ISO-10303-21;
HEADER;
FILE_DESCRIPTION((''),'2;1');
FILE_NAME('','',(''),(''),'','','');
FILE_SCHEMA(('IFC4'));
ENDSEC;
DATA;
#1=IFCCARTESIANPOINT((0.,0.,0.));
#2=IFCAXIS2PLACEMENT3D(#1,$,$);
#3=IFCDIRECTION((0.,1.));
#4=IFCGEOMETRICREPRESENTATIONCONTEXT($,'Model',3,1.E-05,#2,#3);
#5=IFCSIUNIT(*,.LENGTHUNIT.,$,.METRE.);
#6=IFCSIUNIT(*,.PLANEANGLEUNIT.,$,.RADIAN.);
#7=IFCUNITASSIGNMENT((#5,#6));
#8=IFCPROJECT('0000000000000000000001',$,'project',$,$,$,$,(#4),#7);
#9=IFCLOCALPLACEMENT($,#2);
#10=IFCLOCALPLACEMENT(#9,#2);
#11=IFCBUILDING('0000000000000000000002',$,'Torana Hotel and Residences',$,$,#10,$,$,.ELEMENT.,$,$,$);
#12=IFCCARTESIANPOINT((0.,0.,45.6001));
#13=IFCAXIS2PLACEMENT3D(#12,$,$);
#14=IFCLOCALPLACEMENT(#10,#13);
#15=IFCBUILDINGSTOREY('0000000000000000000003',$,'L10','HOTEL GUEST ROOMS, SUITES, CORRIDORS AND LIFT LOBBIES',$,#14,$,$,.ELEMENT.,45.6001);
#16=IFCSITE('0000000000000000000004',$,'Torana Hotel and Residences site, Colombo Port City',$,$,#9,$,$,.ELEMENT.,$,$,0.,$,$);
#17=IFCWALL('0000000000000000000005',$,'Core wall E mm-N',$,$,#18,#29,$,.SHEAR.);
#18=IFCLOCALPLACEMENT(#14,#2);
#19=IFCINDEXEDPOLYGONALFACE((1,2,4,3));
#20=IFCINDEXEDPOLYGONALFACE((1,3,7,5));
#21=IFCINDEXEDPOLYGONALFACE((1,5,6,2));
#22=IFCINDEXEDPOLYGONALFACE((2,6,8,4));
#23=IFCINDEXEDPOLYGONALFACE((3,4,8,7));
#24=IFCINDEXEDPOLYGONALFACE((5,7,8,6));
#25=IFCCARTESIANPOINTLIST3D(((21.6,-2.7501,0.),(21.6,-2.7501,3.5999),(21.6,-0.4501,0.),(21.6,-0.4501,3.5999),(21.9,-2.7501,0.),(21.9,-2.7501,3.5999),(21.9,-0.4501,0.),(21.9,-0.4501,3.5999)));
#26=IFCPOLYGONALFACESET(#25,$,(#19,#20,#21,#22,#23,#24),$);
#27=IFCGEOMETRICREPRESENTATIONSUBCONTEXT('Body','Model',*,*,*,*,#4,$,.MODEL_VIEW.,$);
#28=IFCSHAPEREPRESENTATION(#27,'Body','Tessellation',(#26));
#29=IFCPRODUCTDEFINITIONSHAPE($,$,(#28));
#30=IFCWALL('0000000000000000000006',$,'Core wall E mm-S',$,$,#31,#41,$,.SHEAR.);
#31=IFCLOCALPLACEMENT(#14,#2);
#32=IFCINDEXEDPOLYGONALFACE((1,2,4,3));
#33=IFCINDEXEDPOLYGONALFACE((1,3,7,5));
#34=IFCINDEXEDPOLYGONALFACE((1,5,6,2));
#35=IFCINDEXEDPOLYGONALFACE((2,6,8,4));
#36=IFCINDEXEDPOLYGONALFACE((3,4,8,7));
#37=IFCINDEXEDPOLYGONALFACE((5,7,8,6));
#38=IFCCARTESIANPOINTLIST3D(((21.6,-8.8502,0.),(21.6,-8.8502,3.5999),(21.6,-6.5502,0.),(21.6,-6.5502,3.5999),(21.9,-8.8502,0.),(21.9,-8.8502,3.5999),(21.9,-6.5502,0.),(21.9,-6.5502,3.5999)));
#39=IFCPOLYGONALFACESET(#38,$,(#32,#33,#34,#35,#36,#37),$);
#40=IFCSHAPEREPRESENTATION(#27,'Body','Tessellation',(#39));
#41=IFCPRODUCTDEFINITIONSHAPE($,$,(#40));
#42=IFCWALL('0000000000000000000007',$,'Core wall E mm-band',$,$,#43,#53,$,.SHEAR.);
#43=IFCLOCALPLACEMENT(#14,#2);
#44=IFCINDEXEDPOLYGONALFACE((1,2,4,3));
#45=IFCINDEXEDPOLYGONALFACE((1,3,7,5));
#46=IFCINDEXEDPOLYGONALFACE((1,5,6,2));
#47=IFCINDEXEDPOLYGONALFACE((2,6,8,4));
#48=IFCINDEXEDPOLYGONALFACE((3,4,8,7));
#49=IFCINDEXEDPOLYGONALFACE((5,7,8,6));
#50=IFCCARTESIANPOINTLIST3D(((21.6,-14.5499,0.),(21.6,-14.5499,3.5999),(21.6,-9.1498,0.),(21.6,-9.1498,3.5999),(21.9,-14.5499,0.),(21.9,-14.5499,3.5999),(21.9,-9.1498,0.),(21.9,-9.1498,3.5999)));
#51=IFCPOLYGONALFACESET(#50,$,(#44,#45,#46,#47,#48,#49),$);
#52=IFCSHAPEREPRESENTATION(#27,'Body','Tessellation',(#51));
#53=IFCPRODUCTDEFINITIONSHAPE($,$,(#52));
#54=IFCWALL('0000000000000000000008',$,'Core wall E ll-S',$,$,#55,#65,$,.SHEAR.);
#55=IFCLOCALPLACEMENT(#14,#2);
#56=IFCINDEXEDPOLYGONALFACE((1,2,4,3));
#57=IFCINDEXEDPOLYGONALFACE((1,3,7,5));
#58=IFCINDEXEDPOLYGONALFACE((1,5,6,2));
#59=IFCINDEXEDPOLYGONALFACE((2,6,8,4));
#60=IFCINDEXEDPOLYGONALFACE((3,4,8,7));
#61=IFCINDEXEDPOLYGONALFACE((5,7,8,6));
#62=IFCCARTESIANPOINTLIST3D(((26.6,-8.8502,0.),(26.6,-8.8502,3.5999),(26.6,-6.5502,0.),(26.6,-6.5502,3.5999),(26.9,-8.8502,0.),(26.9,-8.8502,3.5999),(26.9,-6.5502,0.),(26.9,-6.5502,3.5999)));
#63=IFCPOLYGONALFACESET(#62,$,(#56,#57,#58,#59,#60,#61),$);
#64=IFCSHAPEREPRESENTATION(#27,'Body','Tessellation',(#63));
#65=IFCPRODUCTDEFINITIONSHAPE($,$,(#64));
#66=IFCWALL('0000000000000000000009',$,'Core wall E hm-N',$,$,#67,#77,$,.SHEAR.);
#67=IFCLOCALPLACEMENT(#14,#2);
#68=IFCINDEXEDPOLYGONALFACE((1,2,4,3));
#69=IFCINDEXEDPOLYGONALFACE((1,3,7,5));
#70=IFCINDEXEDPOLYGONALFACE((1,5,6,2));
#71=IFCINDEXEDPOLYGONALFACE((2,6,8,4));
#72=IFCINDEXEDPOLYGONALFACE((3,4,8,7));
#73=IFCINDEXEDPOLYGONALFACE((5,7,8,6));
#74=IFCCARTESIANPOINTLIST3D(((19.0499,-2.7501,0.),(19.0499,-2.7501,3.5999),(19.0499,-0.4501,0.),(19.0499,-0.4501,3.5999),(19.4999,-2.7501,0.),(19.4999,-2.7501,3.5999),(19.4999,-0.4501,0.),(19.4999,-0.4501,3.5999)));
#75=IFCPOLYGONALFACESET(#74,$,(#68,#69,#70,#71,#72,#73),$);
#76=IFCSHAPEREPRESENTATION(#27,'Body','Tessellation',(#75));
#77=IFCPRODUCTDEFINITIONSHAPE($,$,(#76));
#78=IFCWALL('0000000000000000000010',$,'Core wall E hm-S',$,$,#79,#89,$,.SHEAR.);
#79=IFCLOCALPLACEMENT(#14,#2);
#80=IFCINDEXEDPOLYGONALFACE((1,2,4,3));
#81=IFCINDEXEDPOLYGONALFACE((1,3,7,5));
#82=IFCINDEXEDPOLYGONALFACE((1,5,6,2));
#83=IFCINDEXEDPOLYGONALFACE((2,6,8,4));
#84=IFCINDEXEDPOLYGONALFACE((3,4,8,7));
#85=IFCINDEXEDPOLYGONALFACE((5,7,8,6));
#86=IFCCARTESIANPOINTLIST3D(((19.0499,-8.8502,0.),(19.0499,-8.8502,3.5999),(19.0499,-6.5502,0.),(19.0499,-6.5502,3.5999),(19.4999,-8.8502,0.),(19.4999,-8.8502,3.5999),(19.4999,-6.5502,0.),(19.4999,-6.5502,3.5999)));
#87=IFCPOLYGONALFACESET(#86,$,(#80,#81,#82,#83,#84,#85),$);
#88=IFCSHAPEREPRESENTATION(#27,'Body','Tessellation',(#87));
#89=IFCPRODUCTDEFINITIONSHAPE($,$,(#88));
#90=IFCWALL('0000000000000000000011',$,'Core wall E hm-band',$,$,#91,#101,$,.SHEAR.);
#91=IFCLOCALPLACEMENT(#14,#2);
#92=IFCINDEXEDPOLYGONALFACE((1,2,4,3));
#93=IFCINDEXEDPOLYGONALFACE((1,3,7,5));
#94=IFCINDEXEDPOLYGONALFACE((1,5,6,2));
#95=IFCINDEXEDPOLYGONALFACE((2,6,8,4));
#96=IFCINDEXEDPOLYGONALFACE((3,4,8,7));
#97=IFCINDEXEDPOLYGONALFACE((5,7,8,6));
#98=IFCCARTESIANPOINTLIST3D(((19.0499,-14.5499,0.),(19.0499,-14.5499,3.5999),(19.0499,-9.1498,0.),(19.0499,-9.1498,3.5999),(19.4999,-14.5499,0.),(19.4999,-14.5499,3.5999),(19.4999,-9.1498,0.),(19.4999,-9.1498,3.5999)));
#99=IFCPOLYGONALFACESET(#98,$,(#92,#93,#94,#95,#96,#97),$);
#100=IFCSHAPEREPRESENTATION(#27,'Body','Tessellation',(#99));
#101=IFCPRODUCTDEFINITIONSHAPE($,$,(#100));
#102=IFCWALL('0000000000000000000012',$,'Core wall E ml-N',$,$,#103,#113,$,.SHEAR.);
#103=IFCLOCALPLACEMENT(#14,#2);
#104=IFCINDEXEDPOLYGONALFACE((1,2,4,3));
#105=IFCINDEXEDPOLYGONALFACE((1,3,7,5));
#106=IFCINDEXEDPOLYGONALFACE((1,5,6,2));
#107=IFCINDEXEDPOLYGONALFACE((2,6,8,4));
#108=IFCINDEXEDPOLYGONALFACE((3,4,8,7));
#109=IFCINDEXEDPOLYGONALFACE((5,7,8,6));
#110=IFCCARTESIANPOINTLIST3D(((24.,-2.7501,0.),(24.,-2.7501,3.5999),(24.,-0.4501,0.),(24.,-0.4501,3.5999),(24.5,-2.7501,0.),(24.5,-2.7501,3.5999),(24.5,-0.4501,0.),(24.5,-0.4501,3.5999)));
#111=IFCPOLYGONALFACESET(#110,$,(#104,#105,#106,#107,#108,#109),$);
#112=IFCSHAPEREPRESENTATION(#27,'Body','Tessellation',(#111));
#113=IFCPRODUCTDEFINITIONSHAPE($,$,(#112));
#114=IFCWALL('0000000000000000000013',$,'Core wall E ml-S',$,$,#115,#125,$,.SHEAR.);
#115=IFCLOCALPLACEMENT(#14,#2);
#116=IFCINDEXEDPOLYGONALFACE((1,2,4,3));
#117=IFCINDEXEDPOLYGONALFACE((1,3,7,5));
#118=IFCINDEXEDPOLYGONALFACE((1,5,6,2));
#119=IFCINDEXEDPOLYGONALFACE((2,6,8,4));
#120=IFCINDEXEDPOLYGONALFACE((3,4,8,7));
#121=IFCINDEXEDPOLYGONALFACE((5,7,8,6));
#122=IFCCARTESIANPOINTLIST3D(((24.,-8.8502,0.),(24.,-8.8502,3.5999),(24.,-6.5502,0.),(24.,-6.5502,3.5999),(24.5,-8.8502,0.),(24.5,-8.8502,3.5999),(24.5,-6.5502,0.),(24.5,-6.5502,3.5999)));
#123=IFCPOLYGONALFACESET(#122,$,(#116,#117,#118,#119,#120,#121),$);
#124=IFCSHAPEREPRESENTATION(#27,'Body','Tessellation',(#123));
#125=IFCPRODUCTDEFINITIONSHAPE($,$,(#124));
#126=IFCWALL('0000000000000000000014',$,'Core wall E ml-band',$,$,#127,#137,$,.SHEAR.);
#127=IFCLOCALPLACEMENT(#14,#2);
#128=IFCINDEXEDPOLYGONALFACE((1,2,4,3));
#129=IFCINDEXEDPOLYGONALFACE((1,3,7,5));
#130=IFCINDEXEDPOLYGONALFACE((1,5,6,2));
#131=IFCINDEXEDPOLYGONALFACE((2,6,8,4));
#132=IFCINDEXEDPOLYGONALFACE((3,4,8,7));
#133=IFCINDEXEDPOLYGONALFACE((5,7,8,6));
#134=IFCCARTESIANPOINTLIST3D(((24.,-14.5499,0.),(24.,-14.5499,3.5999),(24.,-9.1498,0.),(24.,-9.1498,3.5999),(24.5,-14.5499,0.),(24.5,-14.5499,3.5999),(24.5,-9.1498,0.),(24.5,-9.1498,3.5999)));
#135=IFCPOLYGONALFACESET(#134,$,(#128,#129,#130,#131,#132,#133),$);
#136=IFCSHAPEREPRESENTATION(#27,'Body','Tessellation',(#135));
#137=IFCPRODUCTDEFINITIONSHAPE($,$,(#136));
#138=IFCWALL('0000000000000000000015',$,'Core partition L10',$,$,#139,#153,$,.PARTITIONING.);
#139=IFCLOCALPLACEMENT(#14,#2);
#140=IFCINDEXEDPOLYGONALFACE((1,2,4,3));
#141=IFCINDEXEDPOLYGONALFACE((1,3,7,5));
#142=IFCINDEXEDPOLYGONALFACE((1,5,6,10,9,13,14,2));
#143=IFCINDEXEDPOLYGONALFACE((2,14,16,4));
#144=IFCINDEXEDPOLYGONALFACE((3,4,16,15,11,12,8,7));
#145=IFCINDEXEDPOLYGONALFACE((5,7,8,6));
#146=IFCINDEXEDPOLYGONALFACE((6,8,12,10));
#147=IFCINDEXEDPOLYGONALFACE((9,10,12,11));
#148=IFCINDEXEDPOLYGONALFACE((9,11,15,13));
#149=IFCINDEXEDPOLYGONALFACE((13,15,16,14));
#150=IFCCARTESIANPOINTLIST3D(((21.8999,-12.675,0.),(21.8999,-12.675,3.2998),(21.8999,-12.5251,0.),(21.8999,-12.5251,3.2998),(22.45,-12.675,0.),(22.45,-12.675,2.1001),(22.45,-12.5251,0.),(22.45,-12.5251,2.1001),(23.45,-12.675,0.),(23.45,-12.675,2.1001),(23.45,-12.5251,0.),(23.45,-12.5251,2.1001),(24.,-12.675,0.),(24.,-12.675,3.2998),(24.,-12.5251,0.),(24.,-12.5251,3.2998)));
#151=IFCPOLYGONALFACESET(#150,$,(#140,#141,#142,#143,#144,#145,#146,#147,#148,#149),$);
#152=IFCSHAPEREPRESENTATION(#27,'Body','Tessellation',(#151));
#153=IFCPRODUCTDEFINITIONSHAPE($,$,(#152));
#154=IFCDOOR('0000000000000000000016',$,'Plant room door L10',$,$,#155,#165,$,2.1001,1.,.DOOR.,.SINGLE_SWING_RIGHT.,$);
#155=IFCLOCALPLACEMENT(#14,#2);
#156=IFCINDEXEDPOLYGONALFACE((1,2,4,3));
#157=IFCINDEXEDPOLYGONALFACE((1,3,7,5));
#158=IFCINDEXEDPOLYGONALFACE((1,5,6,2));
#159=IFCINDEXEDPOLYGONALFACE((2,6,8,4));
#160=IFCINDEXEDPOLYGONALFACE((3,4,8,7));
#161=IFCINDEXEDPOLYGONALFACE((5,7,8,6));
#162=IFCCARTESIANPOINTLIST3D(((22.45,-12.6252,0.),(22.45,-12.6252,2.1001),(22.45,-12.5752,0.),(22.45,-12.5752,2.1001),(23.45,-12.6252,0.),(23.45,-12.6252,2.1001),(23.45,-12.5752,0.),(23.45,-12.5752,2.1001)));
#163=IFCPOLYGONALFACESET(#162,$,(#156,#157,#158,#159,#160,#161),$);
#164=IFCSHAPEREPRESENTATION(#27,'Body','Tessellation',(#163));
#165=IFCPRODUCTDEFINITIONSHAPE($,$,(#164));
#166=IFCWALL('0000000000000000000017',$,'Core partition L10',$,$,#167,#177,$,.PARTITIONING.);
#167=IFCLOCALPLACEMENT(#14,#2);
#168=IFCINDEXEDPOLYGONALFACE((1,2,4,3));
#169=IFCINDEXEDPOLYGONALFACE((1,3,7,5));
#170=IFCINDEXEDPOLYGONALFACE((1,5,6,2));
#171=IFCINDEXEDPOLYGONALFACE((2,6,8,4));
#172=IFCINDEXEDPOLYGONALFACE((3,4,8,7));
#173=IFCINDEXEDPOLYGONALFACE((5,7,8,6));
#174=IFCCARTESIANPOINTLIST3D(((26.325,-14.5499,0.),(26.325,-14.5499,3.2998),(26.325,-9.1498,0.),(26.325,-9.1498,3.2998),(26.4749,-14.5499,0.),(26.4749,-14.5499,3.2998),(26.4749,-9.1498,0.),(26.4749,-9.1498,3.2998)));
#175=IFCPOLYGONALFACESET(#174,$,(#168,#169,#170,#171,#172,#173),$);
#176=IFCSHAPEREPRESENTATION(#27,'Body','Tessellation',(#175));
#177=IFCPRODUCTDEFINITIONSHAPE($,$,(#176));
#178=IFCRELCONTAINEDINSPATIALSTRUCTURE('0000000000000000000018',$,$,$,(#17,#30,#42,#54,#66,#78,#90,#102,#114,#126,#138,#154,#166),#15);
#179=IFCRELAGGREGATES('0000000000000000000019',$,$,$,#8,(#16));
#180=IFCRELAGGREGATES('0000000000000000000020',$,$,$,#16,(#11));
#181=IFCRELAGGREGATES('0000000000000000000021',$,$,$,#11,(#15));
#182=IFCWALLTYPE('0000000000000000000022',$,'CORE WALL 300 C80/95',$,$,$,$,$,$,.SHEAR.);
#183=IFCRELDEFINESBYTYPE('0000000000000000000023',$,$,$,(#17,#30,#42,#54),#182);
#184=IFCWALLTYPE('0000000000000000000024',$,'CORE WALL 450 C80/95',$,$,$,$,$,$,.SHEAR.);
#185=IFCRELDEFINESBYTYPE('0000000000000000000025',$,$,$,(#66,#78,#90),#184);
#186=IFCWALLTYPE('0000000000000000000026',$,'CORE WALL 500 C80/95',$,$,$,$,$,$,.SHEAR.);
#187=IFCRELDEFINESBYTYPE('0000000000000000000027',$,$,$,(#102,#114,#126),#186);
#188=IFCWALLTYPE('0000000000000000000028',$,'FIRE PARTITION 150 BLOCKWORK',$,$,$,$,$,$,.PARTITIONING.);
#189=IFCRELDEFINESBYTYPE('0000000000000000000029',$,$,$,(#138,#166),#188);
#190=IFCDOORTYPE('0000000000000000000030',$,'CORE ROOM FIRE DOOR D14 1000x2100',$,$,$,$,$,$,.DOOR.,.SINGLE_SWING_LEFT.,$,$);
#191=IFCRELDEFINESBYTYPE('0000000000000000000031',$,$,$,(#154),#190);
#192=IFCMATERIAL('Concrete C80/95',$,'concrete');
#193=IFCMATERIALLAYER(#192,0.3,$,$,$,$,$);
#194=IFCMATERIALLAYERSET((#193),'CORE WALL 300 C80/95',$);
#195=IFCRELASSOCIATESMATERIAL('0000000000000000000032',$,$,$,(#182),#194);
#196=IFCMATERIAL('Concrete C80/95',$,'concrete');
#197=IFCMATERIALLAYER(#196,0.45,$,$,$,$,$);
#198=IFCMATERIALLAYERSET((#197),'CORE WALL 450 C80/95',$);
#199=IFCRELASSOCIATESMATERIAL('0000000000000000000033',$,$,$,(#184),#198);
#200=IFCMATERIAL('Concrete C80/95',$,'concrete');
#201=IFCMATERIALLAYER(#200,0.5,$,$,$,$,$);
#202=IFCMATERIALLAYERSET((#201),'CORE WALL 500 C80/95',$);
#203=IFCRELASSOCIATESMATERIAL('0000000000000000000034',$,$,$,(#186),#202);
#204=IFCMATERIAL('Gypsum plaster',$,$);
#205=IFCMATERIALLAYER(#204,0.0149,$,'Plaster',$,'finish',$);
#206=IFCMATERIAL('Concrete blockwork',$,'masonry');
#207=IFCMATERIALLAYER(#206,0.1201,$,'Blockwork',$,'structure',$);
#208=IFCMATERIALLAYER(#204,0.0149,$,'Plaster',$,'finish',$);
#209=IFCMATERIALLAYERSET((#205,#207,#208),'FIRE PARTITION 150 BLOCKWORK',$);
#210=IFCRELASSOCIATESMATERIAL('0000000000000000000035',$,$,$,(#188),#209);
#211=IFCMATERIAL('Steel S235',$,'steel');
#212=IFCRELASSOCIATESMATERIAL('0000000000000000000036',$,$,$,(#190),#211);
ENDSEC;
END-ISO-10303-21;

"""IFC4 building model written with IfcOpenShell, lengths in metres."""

from ifc_helpers import new_model, si_unit, direction, frame, frame_2d, origin, place, context, subcontext, project, spatial, rectangle, extrude, material, layer, layer_set, type_object, element, fill, save


model = new_model("IFC4")

# Units and contexts
model_context = context("Model", 3, precision=1e-05, world=origin(), true_north=direction((0.0, 1.0)))
body_context = subcontext(model_context, "Body", "Model", "MODEL_VIEW")
ifc_project = project(units=[si_unit("LENGTHUNIT", "METRE"), si_unit("PLANEANGLEUNIT", "RADIAN")], contexts=[model_context])

# Site, building, storey
site_placement = place(None, origin())
site = spatial("IfcSite", under=ifc_project, at=site_placement, Name="Torana Hotel and Residences site, Colombo Port City", CompositionType="ELEMENT", RefElevation=0.0)
building_placement = place(site_placement, origin())
building = spatial("IfcBuilding", under=site, at=building_placement, Name="Torana Hotel and Residences", CompositionType="ELEMENT")
storey_placement = place(building_placement, frame((0.0, 0.0, 45.6001)))
storey = spatial("IfcBuildingStorey", under=building, at=storey_placement, Name="L10", Description="HOTEL GUEST ROOMS, SUITES, CORRIDORS AND LIFT LOBBIES", CompositionType="ELEMENT", Elevation=45.6001)

# Walls
ifc_material_1 = material(Name="Concrete C80/95", Category="concrete")
ifc_layer_1 = layer(ifc_material_1, 0.3)
ifc_layer_set_1 = layer_set([ifc_layer_1], Name="CORE WALL 300 C80/95")
wall_type_1 = type_object("IfcWallType", Name="CORE WALL 300 C80/95", PredefinedType="SHEAR", material=ifc_layer_set_1)
for number, where, z_axis, x_axis, name in (
    (1, (21.75, -2.75, 0.0), (0.0, 0.0, 1.0), (0.0, 1.0, 0.0), "Core wall E mm-N"),
    (2, (21.75, -8.8501, 0.0), (0.0, 0.0, 1.0), (0.0, 1.0, 0.0), "Core wall E mm-S"),
):
    element("IfcWall", number, at=place(storey_placement, frame(where, z_axis=z_axis, x_axis=x_axis)), inside=storey, type_object=wall_type_1, Name=name, PredefinedType="SHEAR", context=body_context, shape_type="SweptSolid", body=[
        extrude(rectangle(XDim=2.3, YDim=0.3, at=frame_2d((1.1499, 0.0))), origin(), (0.0, 0.0, 1.0), 3.5999),
    ])
wall_1_placement = place(storey_placement, frame((21.75, -14.55, 0.0), z_axis=(0.0, 0.0, 1.0), x_axis=(0.0, 1.0, 0.0)))
element("IfcWall", 3, at=wall_1_placement, inside=storey, type_object=wall_type_1, Name="Core wall E mm-band", PredefinedType="SHEAR", context=body_context, shape_type="SweptSolid", body=[
    extrude(rectangle(XDim=5.4001, YDim=0.3, at=frame_2d((2.7002, 0.0))), origin(), (0.0, 0.0, 1.0), 3.5999),
])
wall_2_placement = place(storey_placement, frame((26.75, -8.8501, 0.0), z_axis=(0.0, 0.0, 1.0), x_axis=(0.0, 1.0, 0.0)))
element("IfcWall", 4, at=wall_2_placement, inside=storey, type_object=wall_type_1, Name="Core wall E ll-S", PredefinedType="SHEAR", context=body_context, shape_type="SweptSolid", body=[
    extrude(rectangle(XDim=2.3, YDim=0.3, at=frame_2d((1.1499, 0.0))), origin(), (0.0, 0.0, 1.0), 3.5999),
])
ifc_material_2 = material(Name="Concrete C80/95", Category="concrete")
ifc_layer_2 = layer(ifc_material_2, 0.45)
ifc_layer_set_2 = layer_set([ifc_layer_2], Name="CORE WALL 450 C80/95")
wall_type_2 = type_object("IfcWallType", Name="CORE WALL 450 C80/95", PredefinedType="SHEAR", material=ifc_layer_set_2)
for number, where, z_axis, x_axis, name in (
    (5, (19.2749, -2.75, 0.0), (0.0, 0.0, 1.0), (0.0, 1.0, 0.0), "Core wall E hm-N"),
    (6, (19.2749, -8.8501, 0.0), (0.0, 0.0, 1.0), (0.0, 1.0, 0.0), "Core wall E hm-S"),
):
    element("IfcWall", number, at=place(storey_placement, frame(where, z_axis=z_axis, x_axis=x_axis)), inside=storey, type_object=wall_type_2, Name=name, PredefinedType="SHEAR", context=body_context, shape_type="SweptSolid", body=[
        extrude(rectangle(XDim=2.3, YDim=0.45, at=frame_2d((1.1499, 0.0))), origin(), (0.0, 0.0, 1.0), 3.5999),
    ])
wall_3_placement = place(storey_placement, frame((19.2749, -14.55, 0.0), z_axis=(0.0, 0.0, 1.0), x_axis=(0.0, 1.0, 0.0)))
element("IfcWall", 7, at=wall_3_placement, inside=storey, type_object=wall_type_2, Name="Core wall E hm-band", PredefinedType="SHEAR", context=body_context, shape_type="SweptSolid", body=[
    extrude(rectangle(XDim=5.4001, YDim=0.45, at=frame_2d((2.7002, 0.0))), origin(), (0.0, 0.0, 1.0), 3.5999),
])
ifc_material_3 = material(Name="Concrete C80/95", Category="concrete")
ifc_layer_3 = layer(ifc_material_3, 0.5)
ifc_layer_set_3 = layer_set([ifc_layer_3], Name="CORE WALL 500 C80/95")
wall_type_3 = type_object("IfcWallType", Name="CORE WALL 500 C80/95", PredefinedType="SHEAR", material=ifc_layer_set_3)
for number, where, z_axis, x_axis, name in (
    (8, (24.25, -2.75, 0.0), (0.0, 0.0, 1.0), (0.0, 1.0, 0.0), "Core wall E ml-N"),
    (9, (24.25, -8.8501, 0.0), (0.0, 0.0, 1.0), (0.0, 1.0, 0.0), "Core wall E ml-S"),
):
    element("IfcWall", number, at=place(storey_placement, frame(where, z_axis=z_axis, x_axis=x_axis)), inside=storey, type_object=wall_type_3, Name=name, PredefinedType="SHEAR", context=body_context, shape_type="SweptSolid", body=[
        extrude(rectangle(XDim=2.3, YDim=0.5, at=frame_2d((1.1499, 0.0))), origin(), (0.0, 0.0, 1.0), 3.5999),
    ])
wall_4_placement = place(storey_placement, frame((24.25, -14.55, 0.0), z_axis=(0.0, 0.0, 1.0), x_axis=(0.0, 1.0, 0.0)))
element("IfcWall", 10, at=wall_4_placement, inside=storey, type_object=wall_type_3, Name="Core wall E ml-band", PredefinedType="SHEAR", context=body_context, shape_type="SweptSolid", body=[
    extrude(rectangle(XDim=5.4001, YDim=0.5, at=frame_2d((2.7002, 0.0))), origin(), (0.0, 0.0, 1.0), 3.5999),
])

# Wall, opening, door
ifc_material_4 = material(Name="Gypsum plaster")
ifc_layer_4 = layer(ifc_material_4, 0.0149, Name="Plaster", Category="finish")
ifc_material_5 = material(Name="Concrete blockwork", Category="masonry")
ifc_layer_5 = layer(ifc_material_5, 0.1201, Name="Blockwork", Category="structure")
ifc_layer_6 = layer(ifc_material_4, 0.0149, Name="Plaster", Category="finish")
ifc_layer_set_4 = layer_set([ifc_layer_4, ifc_layer_5, ifc_layer_6], Name="FIRE PARTITION 150 BLOCKWORK")
wall_type_4 = type_object("IfcWallType", Name="FIRE PARTITION 150 BLOCKWORK", PredefinedType="PARTITIONING", material=ifc_layer_set_4)
wall_5_placement = place(storey_placement, frame((21.8999, -12.6001, 0.0), z_axis=(0.0, 0.0, 1.0), x_axis=(1.0, 0.0, 0.0)))
wall_5 = element("IfcWall", 11, at=wall_5_placement, inside=storey, type_object=wall_type_4, Name="Core partition L10", PredefinedType="PARTITIONING", context=body_context, shape_type="SweptSolid", body=[
    extrude(rectangle(XDim=2.1001, YDim=0.1499, at=frame_2d((1.05, 0.0))), origin(), (0.0, 0.0, 1.0), 3.2998),
])
opening_placement = place(wall_5_placement, frame((0.55, 0.0, 0.0)))
opening = element("IfcOpeningElement", 12, at=opening_placement, cuts=wall_5, PredefinedType="OPENING", context=body_context, shape_type="SweptSolid", body=[
    extrude(rectangle(XDim=1.0, YDim=2.1001, at=frame_2d((0.5, 1.05))), frame((0.0, 0.085, 0.0), z_axis=(0.0, -1.0, 0.0), x_axis=(1.0, 0.0, 0.0)), (0.0, 0.0, 1.0), 0.1699),
])
ifc_material_6 = material(Name="Steel S235", Category="steel")
door_type = type_object("IfcDoorType", Name="CORE ROOM FIRE DOOR D14 1000x2100", OperationType="SINGLE_SWING_LEFT", PredefinedType="DOOR", material=ifc_material_6)
door_placement = place(opening_placement, origin())
door = element("IfcDoor", 13, at=door_placement, inside=storey, type_object=door_type, Name="Plant room door L10", OperationType="SINGLE_SWING_RIGHT", OverallHeight=2.1001, OverallWidth=1.0, PredefinedType="DOOR", context=body_context, shape_type="SweptSolid", body=[
    extrude(rectangle(XDim=1.0, YDim=2.1001, at=frame_2d((0.5, 1.05))), frame((0.0, 0.0249, 0.0), z_axis=(0.0, -1.0, 0.0), x_axis=(1.0, 0.0, 0.0)), (0.0, 0.0, 1.0), 0.05),
])
fill(opening, door)

# Wall
wall_6_placement = place(storey_placement, frame((26.3999, -14.55, 0.0), z_axis=(0.0, 0.0, 1.0), x_axis=(0.0, 1.0, 0.0)))
element("IfcWall", 14, at=wall_6_placement, inside=storey, type_object=wall_type_4, Name="Core partition L10", PredefinedType="PARTITIONING", context=body_context, shape_type="SweptSolid", body=[
    extrude(rectangle(XDim=5.4001, YDim=0.1499, at=frame_2d((2.7002, 0.0))), origin(), (0.0, 0.0, 1.0), 3.2998),
])

save(model, "model.ifc")
